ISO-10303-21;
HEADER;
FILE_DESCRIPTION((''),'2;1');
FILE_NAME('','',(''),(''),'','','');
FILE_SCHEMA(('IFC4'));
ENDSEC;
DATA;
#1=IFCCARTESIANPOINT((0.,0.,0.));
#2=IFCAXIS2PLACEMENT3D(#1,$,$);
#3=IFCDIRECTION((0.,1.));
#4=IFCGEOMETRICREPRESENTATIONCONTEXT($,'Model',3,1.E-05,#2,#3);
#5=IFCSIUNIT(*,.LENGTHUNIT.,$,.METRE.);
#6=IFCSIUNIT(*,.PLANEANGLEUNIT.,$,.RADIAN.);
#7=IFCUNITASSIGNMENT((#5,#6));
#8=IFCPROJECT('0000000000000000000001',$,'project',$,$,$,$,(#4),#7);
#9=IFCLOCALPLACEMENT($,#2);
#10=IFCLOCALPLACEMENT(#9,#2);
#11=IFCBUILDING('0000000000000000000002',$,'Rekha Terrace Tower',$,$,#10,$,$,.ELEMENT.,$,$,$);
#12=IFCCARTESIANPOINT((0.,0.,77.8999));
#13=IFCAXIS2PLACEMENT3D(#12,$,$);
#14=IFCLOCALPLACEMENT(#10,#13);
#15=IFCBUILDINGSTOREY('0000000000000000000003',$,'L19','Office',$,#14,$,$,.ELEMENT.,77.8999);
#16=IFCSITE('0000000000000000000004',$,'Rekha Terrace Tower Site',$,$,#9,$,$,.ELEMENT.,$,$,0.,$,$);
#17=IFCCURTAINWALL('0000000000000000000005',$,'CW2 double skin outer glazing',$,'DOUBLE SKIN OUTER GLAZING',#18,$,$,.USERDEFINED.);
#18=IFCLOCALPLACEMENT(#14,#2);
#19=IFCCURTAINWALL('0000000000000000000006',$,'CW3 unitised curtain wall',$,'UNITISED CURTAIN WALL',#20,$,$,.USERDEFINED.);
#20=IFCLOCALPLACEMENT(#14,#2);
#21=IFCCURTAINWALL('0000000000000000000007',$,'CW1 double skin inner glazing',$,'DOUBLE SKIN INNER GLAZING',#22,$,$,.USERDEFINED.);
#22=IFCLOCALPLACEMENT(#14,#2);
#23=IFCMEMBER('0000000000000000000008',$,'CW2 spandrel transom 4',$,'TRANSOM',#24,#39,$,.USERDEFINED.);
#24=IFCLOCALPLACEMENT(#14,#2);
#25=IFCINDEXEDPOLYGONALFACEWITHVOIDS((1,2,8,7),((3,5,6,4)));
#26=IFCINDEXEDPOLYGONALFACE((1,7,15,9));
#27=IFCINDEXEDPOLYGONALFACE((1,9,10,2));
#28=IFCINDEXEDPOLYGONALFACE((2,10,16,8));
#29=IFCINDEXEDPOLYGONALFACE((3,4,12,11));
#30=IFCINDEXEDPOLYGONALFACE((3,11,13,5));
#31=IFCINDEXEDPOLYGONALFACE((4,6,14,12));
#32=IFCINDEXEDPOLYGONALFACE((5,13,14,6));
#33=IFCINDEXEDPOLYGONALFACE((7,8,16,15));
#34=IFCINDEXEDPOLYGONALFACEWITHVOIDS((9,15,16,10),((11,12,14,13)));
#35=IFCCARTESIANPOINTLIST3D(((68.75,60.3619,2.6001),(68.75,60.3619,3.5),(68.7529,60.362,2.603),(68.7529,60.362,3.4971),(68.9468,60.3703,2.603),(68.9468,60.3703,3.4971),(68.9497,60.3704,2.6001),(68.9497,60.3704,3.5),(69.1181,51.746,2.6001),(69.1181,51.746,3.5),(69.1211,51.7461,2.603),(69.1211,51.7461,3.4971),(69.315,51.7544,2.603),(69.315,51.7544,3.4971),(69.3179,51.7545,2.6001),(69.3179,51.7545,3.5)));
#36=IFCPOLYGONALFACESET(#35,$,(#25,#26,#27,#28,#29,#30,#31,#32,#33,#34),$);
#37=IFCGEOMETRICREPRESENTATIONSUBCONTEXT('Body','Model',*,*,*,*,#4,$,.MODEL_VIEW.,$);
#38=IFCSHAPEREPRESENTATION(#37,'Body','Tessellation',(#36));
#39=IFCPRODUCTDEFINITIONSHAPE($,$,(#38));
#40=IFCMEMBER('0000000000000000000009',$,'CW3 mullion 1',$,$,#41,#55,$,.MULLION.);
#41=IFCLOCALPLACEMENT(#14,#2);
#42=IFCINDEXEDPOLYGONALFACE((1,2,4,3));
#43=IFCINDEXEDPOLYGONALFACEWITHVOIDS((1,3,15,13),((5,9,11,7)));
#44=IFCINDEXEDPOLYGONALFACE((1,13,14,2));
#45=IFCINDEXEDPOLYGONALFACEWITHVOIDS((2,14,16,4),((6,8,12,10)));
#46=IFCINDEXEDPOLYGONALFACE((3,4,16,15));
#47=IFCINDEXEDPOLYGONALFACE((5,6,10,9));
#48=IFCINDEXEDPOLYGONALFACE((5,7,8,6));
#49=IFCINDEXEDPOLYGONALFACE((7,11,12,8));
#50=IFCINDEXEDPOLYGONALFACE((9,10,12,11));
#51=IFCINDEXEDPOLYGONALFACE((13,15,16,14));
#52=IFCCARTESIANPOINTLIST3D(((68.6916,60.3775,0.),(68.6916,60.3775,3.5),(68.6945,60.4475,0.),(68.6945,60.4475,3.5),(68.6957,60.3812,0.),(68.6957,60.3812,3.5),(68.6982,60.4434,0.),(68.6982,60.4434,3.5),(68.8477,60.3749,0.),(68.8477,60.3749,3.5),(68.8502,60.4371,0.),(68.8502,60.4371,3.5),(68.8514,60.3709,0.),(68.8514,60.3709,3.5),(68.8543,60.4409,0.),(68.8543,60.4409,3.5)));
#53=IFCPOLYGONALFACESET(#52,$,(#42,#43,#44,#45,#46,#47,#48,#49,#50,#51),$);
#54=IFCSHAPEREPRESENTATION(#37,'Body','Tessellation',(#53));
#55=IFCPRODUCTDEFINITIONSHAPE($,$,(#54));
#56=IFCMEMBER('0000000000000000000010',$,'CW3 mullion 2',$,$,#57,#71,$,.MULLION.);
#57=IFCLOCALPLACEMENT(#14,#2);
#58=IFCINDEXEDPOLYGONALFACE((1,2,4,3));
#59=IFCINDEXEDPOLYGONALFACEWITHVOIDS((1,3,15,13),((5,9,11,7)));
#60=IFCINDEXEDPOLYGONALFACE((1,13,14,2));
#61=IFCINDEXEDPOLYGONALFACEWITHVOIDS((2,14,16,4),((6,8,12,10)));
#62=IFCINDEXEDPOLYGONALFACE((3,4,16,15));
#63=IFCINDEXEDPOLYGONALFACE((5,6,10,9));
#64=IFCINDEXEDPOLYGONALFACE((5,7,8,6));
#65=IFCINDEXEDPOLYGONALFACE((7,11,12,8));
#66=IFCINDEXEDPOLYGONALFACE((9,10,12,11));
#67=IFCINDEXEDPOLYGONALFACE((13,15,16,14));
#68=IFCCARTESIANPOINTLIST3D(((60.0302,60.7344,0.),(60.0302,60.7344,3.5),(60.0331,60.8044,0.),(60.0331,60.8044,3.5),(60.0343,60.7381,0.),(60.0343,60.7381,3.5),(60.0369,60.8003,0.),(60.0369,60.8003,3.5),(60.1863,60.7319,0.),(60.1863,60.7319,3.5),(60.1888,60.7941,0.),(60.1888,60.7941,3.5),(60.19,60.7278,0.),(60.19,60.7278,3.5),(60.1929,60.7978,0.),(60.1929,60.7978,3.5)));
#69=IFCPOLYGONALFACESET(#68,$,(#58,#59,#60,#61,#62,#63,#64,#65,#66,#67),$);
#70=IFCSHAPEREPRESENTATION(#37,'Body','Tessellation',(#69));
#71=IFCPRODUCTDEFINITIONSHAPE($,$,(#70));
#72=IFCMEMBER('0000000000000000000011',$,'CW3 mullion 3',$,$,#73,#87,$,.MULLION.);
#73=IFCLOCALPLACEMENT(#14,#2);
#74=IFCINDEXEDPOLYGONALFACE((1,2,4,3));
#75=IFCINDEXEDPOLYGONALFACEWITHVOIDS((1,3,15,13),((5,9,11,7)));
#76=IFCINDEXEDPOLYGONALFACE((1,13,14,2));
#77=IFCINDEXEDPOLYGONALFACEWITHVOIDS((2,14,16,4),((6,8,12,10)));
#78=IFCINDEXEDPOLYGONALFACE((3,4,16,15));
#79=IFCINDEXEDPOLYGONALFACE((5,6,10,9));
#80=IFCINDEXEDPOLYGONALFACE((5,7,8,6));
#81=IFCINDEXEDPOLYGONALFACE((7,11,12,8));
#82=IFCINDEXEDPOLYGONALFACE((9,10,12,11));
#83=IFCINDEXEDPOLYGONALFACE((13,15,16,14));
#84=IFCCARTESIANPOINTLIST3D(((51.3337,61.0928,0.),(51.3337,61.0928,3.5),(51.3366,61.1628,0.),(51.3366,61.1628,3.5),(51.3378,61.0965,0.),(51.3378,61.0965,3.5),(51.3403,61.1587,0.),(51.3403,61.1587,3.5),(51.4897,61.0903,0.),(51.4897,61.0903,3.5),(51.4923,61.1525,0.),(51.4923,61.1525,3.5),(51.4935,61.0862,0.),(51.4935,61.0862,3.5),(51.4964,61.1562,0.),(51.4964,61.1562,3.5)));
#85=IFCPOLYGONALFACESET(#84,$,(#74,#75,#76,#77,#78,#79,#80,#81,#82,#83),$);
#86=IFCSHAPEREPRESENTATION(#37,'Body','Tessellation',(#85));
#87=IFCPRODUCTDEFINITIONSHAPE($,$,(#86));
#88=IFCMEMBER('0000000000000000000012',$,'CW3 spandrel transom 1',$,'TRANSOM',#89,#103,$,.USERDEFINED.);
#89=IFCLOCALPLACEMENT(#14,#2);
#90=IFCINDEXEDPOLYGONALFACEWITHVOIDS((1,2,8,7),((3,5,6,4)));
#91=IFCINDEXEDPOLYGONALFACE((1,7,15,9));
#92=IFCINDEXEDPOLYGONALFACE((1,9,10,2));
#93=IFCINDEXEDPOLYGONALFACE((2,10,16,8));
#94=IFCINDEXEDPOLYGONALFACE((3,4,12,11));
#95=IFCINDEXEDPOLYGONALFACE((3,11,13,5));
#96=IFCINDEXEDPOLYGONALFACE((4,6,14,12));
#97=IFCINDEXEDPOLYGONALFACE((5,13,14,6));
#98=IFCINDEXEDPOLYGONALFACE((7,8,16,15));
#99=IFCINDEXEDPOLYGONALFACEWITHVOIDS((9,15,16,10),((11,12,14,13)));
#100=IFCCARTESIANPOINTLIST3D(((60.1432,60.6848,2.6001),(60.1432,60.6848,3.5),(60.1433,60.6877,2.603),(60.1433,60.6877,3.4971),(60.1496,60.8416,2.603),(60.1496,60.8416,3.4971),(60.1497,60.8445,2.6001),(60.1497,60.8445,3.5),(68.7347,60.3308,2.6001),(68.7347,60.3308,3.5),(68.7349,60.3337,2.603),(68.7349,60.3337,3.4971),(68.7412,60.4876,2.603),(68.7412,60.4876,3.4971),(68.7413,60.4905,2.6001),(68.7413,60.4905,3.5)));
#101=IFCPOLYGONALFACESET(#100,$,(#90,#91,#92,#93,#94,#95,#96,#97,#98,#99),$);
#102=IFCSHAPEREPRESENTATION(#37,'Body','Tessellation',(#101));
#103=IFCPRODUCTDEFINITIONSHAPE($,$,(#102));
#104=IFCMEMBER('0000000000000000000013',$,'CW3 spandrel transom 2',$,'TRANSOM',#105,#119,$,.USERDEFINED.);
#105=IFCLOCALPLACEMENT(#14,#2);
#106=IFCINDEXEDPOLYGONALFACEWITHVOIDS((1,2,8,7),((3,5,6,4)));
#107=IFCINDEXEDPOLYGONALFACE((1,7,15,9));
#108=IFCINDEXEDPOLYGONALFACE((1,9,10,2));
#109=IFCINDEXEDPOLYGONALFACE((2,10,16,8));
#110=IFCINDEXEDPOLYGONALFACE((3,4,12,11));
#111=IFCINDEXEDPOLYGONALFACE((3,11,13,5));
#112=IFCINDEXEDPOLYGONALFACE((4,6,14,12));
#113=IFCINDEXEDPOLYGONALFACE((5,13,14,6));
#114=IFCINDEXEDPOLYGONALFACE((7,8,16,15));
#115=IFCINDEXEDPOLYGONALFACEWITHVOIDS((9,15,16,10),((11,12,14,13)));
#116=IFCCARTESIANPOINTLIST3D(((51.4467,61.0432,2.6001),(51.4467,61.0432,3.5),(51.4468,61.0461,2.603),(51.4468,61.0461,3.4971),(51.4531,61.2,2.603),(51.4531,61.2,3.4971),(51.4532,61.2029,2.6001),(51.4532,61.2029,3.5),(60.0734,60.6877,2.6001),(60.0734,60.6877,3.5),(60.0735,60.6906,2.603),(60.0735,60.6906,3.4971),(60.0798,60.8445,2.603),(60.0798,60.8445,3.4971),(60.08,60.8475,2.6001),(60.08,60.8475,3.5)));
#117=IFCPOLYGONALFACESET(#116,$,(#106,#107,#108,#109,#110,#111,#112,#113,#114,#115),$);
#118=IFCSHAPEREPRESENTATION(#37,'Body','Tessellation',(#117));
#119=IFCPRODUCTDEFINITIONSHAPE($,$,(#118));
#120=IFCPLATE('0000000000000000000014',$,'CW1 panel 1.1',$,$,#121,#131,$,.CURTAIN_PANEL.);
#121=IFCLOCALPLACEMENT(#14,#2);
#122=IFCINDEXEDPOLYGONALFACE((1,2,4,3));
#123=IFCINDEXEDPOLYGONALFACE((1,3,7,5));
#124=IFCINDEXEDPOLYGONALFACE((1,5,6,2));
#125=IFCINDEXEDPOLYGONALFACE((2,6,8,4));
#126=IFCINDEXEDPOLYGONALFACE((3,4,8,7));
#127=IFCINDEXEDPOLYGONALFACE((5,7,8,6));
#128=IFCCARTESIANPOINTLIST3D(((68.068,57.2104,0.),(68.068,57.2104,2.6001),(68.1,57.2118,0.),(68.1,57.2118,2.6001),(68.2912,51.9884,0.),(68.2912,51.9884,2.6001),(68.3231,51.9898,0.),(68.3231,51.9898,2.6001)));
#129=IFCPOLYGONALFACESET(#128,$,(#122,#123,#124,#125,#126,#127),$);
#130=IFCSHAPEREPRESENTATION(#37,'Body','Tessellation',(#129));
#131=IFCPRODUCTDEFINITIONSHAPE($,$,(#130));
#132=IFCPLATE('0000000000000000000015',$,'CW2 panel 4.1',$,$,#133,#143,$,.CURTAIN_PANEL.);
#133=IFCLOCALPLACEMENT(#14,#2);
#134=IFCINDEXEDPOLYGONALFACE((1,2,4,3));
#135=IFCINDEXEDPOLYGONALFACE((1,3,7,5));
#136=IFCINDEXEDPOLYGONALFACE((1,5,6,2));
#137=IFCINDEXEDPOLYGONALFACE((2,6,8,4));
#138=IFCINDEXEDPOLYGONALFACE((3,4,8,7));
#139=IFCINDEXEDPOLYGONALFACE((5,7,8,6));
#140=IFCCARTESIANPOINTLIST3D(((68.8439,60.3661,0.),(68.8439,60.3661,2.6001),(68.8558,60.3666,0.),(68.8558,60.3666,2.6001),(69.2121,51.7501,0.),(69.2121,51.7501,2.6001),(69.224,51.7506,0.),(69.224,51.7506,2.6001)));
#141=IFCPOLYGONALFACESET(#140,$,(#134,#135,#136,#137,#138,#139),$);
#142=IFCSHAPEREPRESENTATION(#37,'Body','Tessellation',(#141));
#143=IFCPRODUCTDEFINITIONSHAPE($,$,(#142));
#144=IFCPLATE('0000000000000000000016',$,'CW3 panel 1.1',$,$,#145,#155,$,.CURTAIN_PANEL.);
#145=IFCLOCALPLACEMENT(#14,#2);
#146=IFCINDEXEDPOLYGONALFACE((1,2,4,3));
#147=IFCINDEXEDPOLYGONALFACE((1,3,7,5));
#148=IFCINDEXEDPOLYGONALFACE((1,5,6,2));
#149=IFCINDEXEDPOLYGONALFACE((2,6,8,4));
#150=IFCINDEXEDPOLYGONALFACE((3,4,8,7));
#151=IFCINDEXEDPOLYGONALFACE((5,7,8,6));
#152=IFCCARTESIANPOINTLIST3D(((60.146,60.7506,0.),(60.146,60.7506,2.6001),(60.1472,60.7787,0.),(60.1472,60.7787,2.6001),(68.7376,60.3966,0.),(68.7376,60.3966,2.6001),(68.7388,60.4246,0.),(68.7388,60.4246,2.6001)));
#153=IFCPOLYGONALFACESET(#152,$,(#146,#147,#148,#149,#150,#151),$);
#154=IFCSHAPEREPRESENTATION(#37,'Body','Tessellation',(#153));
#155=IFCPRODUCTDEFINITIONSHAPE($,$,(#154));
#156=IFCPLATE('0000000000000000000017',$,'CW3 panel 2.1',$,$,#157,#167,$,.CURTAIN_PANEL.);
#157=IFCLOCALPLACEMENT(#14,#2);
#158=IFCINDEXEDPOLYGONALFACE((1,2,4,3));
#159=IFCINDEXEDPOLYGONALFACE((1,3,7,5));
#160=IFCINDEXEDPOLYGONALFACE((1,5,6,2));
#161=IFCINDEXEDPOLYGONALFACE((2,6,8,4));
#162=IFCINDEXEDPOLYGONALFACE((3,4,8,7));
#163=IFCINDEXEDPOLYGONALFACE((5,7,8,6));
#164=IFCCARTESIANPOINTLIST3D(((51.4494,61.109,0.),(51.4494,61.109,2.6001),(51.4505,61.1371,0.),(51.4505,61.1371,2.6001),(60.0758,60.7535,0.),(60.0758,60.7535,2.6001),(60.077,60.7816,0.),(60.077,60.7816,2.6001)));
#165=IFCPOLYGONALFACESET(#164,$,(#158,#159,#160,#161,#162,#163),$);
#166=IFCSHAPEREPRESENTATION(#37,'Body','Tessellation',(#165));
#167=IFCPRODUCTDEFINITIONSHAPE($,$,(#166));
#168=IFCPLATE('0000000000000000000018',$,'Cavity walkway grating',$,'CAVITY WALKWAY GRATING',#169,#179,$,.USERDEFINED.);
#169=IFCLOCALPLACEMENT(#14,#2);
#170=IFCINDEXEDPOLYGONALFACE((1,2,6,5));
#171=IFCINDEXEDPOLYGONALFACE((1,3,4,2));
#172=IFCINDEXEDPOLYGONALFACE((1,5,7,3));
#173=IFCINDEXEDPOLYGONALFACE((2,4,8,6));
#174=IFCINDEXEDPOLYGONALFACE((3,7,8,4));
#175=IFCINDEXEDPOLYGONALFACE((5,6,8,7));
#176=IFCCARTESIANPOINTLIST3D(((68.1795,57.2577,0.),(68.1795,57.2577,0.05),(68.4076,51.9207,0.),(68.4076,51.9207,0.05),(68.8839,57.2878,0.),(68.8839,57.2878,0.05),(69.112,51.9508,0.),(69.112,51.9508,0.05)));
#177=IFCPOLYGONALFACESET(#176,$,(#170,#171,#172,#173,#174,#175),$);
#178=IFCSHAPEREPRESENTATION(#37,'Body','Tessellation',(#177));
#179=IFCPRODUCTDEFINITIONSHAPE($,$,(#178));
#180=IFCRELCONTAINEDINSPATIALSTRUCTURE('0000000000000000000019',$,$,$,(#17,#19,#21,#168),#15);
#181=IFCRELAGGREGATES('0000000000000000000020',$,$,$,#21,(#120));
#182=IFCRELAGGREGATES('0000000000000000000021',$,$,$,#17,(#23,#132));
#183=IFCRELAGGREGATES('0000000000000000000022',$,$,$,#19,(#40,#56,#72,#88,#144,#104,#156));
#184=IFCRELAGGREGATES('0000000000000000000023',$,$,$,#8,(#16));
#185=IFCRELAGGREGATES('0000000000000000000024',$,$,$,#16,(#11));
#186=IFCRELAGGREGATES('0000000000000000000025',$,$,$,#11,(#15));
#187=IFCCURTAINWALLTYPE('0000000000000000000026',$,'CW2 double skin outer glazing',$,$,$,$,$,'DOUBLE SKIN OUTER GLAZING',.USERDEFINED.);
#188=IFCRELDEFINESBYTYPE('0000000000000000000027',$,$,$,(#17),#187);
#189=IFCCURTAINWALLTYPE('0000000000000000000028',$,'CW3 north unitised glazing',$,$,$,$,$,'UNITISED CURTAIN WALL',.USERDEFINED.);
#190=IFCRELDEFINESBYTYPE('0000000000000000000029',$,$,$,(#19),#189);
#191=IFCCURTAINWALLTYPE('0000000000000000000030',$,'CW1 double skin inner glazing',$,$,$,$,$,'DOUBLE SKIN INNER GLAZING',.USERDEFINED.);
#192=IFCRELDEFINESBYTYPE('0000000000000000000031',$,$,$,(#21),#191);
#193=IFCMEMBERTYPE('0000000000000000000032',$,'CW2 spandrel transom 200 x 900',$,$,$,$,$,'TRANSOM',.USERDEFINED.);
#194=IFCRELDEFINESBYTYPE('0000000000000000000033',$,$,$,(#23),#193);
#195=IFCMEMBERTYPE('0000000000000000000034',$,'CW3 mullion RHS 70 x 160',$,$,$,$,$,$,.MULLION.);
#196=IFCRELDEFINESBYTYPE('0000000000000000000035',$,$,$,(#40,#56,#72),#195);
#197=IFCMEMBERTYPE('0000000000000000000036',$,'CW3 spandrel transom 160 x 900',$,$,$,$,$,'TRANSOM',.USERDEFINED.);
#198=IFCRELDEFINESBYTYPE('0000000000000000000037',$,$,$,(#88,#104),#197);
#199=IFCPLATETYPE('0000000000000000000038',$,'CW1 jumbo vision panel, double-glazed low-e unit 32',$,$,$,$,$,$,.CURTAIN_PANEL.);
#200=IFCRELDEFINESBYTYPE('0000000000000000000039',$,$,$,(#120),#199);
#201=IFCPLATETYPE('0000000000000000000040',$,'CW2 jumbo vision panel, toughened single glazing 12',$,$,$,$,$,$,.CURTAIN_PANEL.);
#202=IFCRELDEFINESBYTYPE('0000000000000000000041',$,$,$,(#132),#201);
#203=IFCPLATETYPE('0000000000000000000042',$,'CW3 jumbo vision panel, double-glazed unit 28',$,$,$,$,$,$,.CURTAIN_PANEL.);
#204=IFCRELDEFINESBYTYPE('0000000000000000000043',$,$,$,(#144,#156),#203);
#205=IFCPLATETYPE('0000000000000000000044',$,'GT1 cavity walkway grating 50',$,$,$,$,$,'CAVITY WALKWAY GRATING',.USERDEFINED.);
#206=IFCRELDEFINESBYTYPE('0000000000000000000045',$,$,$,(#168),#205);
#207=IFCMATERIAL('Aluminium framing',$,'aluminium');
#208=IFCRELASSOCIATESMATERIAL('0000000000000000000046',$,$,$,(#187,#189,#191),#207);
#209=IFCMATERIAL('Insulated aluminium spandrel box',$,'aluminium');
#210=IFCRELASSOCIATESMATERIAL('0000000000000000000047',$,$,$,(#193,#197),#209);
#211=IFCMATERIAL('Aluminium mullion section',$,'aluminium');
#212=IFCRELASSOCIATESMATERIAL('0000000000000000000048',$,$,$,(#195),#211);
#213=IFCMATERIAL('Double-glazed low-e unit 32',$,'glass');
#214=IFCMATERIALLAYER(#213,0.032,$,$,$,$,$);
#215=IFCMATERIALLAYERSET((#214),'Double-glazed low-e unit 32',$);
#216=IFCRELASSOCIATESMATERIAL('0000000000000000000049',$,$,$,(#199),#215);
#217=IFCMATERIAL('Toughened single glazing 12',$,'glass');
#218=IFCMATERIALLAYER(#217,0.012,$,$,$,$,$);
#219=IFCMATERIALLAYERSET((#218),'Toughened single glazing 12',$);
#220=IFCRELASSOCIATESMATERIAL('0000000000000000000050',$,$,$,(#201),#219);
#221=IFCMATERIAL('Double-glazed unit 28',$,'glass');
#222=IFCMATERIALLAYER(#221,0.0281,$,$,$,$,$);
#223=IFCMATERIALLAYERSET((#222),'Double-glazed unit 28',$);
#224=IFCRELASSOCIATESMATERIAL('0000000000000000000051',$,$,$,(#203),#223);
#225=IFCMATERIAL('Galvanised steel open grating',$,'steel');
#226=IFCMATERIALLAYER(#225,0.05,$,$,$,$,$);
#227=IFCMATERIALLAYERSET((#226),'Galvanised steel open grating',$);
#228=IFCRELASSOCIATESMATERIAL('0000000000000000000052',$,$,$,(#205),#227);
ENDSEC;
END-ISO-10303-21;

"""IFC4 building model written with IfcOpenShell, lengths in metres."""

from ifc_helpers import new_model, si_unit, direction, frame, origin, origin_2d, place, context, subcontext, project, spatial, rectangle, hollow_rectangle, extrude, material, layer, layer_set, material_profile, profile_set, type_object, element, aggregate, save


model = new_model("IFC4")

# Units and contexts
model_context = context("Model", 3, precision=1e-05, world=origin(), true_north=direction((0.0, 1.0)))
body_context = subcontext(model_context, "Body", "Model", "MODEL_VIEW")
ifc_project = project(units=[si_unit("LENGTHUNIT", "METRE"), si_unit("PLANEANGLEUNIT", "RADIAN")], contexts=[model_context])

# Site, building, storey
site_placement = place(None, origin())
site = spatial("IfcSite", under=ifc_project, at=site_placement, Name="Rekha Terrace Tower Site", CompositionType="ELEMENT", RefElevation=0.0)
building_placement = place(site_placement, origin())
building = spatial("IfcBuilding", under=site, at=building_placement, Name="Rekha Terrace Tower", CompositionType="ELEMENT")
storey_placement = place(building_placement, frame((0.0, 0.0, 77.8999)))
storey = spatial("IfcBuildingStorey", under=building, at=storey_placement, Name="L19", Description="Office", CompositionType="ELEMENT", Elevation=77.8999)

# Curtain wall
ifc_material_1 = material(Name="Aluminium framing", Category="aluminium")
curtain_wall_type_1 = type_object("IfcCurtainWallType", Name="CW2 double skin outer glazing", ElementType="DOUBLE SKIN OUTER GLAZING", PredefinedType="USERDEFINED", material=ifc_material_1)
curtain_wall_1_placement = place(storey_placement, origin())
curtain_wall_1 = element("IfcCurtainWall", 1, at=curtain_wall_1_placement, inside=storey, type_object=curtain_wall_type_1, Name="CW2 double skin outer glazing", ObjectType="DOUBLE SKIN OUTER GLAZING", PredefinedType="USERDEFINED")

# Curtain walls
curtain_wall_type_2 = type_object("IfcCurtainWallType", Name="CW3 north unitised glazing", ElementType="UNITISED CURTAIN WALL", PredefinedType="USERDEFINED", material=ifc_material_1)
curtain_wall_2_placement = place(storey_placement, origin())
curtain_wall_2 = element("IfcCurtainWall", 2, at=curtain_wall_2_placement, inside=storey, type_object=curtain_wall_type_2, Name="CW3 unitised curtain wall", ObjectType="UNITISED CURTAIN WALL", PredefinedType="USERDEFINED")
curtain_wall_type_3 = type_object("IfcCurtainWallType", Name="CW1 double skin inner glazing", ElementType="DOUBLE SKIN INNER GLAZING", PredefinedType="USERDEFINED", material=ifc_material_1)
curtain_wall_3_placement = place(storey_placement, origin())
curtain_wall_3 = element("IfcCurtainWall", 3, at=curtain_wall_3_placement, inside=storey, type_object=curtain_wall_type_3, Name="CW1 double skin inner glazing", ObjectType="DOUBLE SKIN INNER GLAZING", PredefinedType="USERDEFINED")
ifc_material_2 = material(Name="Aluminium mullion section", Category="aluminium")
ifc_material_3 = material(Name="Insulated aluminium spandrel box", Category="aluminium")

# Members
ifc_material_profile_1 = material_profile(ifc_material_3, hollow_rectangle(XDim=0.2, YDim=0.8999, WallThickness=0.0029, at=origin_2d()), Name="AL SPANDREL BOX 200x900")
ifc_profile_set_1 = profile_set([ifc_material_profile_1], Name="Insulated aluminium spandrel box")
member_type_1 = type_object("IfcMemberType", Name="CW2 spandrel transom 200 x 900", ElementType="TRANSOM", PredefinedType="USERDEFINED", material=ifc_profile_set_1)
member_1_placement = place(storey_placement, frame((69.218, 51.7502, 3.05), z_axis=(-0.042691, 0.999088, 0.0), x_axis=(-0.999088, -0.042691, 0.0)))
member_1 = element("IfcMember", 4, at=member_1_placement, type_object=member_type_1, Name="CW2 spandrel transom 4", ObjectType="TRANSOM", PredefinedType="USERDEFINED", context=body_context, shape_type="SweptSolid", body=[
    extrude(hollow_rectangle(XDim=0.2, YDim=0.8999, WallThickness=0.0029, at=origin_2d()), origin(), (0.0, 0.0, 1.0), 8.6238),
])
ifc_material_profile_2 = material_profile(ifc_material_2, hollow_rectangle(XDim=0.0701, YDim=0.1599, WallThickness=0.0039, at=origin_2d()), Name="AL RHS 70x160")
ifc_profile_set_2 = profile_set([ifc_material_profile_2], Name="Aluminium mullion section")
member_type_2 = type_object("IfcMemberType", Name="CW3 mullion RHS 70 x 160", PredefinedType="MULLION", material=ifc_profile_set_2)
member_2_placement = place(storey_placement, frame((68.7729, 60.4092, 0.0), z_axis=(0.0, 0.0, 1.0), x_axis=(-0.041174, -0.999152, 0.0)))
member_2 = element("IfcMember", 5, at=member_2_placement, type_object=member_type_2, Name="CW3 mullion 1", PredefinedType="MULLION", context=body_context, shape_type="SweptSolid", body=[
    extrude(hollow_rectangle(XDim=0.0701, YDim=0.1599, WallThickness=0.0039, at=origin_2d()), origin(), (0.0, 0.0, 1.0), 3.5),
])
member_3_placement = place(storey_placement, frame((60.1116, 60.7661, 0.0), z_axis=(0.0, 0.0, 1.0), x_axis=(-0.041174, -0.999152, 0.0)))
member_3 = element("IfcMember", 6, at=member_3_placement, type_object=member_type_2, Name="CW3 mullion 2", PredefinedType="MULLION", context=body_context, shape_type="SweptSolid", body=[
    extrude(hollow_rectangle(XDim=0.0701, YDim=0.1599, WallThickness=0.0039, at=origin_2d()), origin(), (0.0, 0.0, 1.0), 3.5),
])
member_4_placement = place(storey_placement, frame((51.415, 61.1245, 0.0), z_axis=(0.0, 0.0, 1.0), x_axis=(-0.041174, -0.999152, 0.0)))
member_4 = element("IfcMember", 7, at=member_4_placement, type_object=member_type_2, Name="CW3 mullion 3", PredefinedType="MULLION", context=body_context, shape_type="SweptSolid", body=[
    extrude(hollow_rectangle(XDim=0.0701, YDim=0.1599, WallThickness=0.0039, at=origin_2d()), origin(), (0.0, 0.0, 1.0), 3.5),
])
ifc_material_profile_3 = material_profile(ifc_material_3, hollow_rectangle(XDim=0.1599, YDim=0.8999, WallThickness=0.0029, at=origin_2d()), Name="AL SPANDREL BOX 160x900")
ifc_profile_set_3 = profile_set([ifc_material_profile_3], Name="Insulated aluminium spandrel box")
member_type_3 = type_object("IfcMemberType", Name="CW3 spandrel transom 160 x 900", ElementType="TRANSOM", PredefinedType="USERDEFINED", material=ifc_profile_set_3)
member_5_placement = place(storey_placement, frame((68.738, 60.4106, 3.05), z_axis=(-0.999152, 0.041169, 0.0), x_axis=(-0.041169, -0.999152, 0.0)))
member_5 = element("IfcMember", 8, at=member_5_placement, type_object=member_type_3, Name="CW3 spandrel transom 1", ObjectType="TRANSOM", PredefinedType="USERDEFINED", context=body_context, shape_type="SweptSolid", body=[
    extrude(hollow_rectangle(XDim=0.1599, YDim=0.8999, WallThickness=0.0029, at=origin_2d()), origin(), (0.0, 0.0, 1.0), 8.5989),
])
member_6_placement = place(storey_placement, frame((60.0767, 60.7676, 3.05), z_axis=(-0.999152, 0.041171, 0.0), x_axis=(-0.041171, -0.999152, 0.0)))
member_6 = element("IfcMember", 9, at=member_6_placement, type_object=member_type_3, Name="CW3 spandrel transom 2", ObjectType="TRANSOM", PredefinedType="USERDEFINED", context=body_context, shape_type="SweptSolid", body=[
    extrude(hollow_rectangle(XDim=0.1599, YDim=0.8999, WallThickness=0.0029, at=origin_2d()), origin(), (0.0, 0.0, 1.0), 8.634),
])

# Plates
ifc_material_4 = material(Name="Double-glazed low-e unit 32", Category="glass")
ifc_layer_1 = layer(ifc_material_4, 0.032)
ifc_layer_set_1 = layer_set([ifc_layer_1], Name="Double-glazed low-e unit 32")
plate_type_1 = type_object("IfcPlateType", Name="CW1 jumbo vision panel, double-glazed low-e unit 32", PredefinedType="CURTAIN_PANEL", material=ifc_layer_set_1)
plate_1_placement = place(storey_placement, frame((68.1956, 54.6001, 0.0), z_axis=(0.0, 0.0, 1.0), x_axis=(-0.042696, 0.999088, 0.0)))
plate_1 = element("IfcPlate", 10, at=plate_1_placement, type_object=plate_type_1, Name="CW1 panel 1.1", PredefinedType="CURTAIN_PANEL", context=body_context, shape_type="SweptSolid", body=[
    extrude(rectangle(XDim=5.2268, YDim=0.032, at=origin_2d()), origin(), (0.0, 0.0, 1.0), 2.6001),
])
aggregate(curtain_wall_3, [plate_1])
ifc_material_5 = material(Name="Toughened single glazing 12", Category="glass")
ifc_layer_2 = layer(ifc_material_5, 0.012)
ifc_layer_set_2 = layer_set([ifc_layer_2], Name="Toughened single glazing 12")
plate_type_2 = type_object("IfcPlateType", Name="CW2 jumbo vision panel, toughened single glazing 12", PredefinedType="CURTAIN_PANEL", material=ifc_layer_set_2)
plate_2_placement = place(storey_placement, frame((69.0339, 56.0583, 0.0), z_axis=(0.0, 0.0, 1.0), x_axis=(-0.042696, 0.999088, 0.0)))
plate_2 = element("IfcPlate", 11, at=plate_2_placement, type_object=plate_type_2, Name="CW2 panel 4.1", PredefinedType="CURTAIN_PANEL", context=body_context, shape_type="SweptSolid", body=[
    extrude(rectangle(XDim=8.6238, YDim=0.012, at=origin_2d()), origin(), (0.0, 0.0, 1.0), 2.6001),
])
aggregate(curtain_wall_1, [member_1, plate_2])
ifc_material_6 = material(Name="Double-glazed unit 28", Category="glass")
ifc_layer_3 = layer(ifc_material_6, 0.0281)
ifc_layer_set_3 = layer_set([ifc_layer_3], Name="Double-glazed unit 28")
plate_type_3 = type_object("IfcPlateType", Name="CW3 jumbo vision panel, double-glazed unit 28", PredefinedType="CURTAIN_PANEL", material=ifc_layer_set_3)
plate_3_placement = place(storey_placement, frame((64.4424, 60.5876, 0.0), z_axis=(0.0, 0.0, 1.0), x_axis=(-0.999152, 0.041174, 0.0)))
plate_3 = element("IfcPlate", 12, at=plate_3_placement, type_object=plate_type_3, Name="CW3 panel 1.1", PredefinedType="CURTAIN_PANEL", context=body_context, shape_type="SweptSolid", body=[
    extrude(rectangle(XDim=8.5989, YDim=0.0281, at=origin_2d()), origin(), (0.0, 0.0, 1.0), 2.6001),
])
plate_4_placement = place(storey_placement, frame((55.7632, 60.9453, 0.0), z_axis=(0.0, 0.0, 1.0), x_axis=(-0.999152, 0.041174, 0.0)))
plate_4 = element("IfcPlate", 13, at=plate_4_placement, type_object=plate_type_3, Name="CW3 panel 2.1", PredefinedType="CURTAIN_PANEL", context=body_context, shape_type="SweptSolid", body=[
    extrude(rectangle(XDim=8.6338, YDim=0.0281, at=origin_2d()), origin(), (0.0, 0.0, 1.0), 2.6001),
])
aggregate(curtain_wall_2, [member_2, member_3, member_4, member_5, plate_3, member_6, plate_4])
ifc_material_7 = material(Name="Galvanised steel open grating", Category="steel")
ifc_layer_4 = layer(ifc_material_7, 0.05)
ifc_layer_set_4 = layer_set([ifc_layer_4], Name="Galvanised steel open grating")
plate_type_4 = type_object("IfcPlateType", Name="GT1 cavity walkway grating 50", ElementType="CAVITY WALKWAY GRATING", PredefinedType="USERDEFINED", material=ifc_layer_set_4)
plate_5_placement = place(storey_placement, frame((68.6458, 54.6042, 0.0), z_axis=(0.0, 0.0, 1.0), x_axis=(-0.042696, 0.999088, 0.0)))
element("IfcPlate", 14, at=plate_5_placement, inside=storey, type_object=plate_type_4, Name="Cavity walkway grating", ObjectType="CAVITY WALKWAY GRATING", PredefinedType="USERDEFINED", context=body_context, shape_type="SweptSolid", body=[
    extrude(rectangle(XDim=5.3418, YDim=0.7051, at=origin_2d()), origin(), (0.0, 0.0, 1.0), 0.05),
])

save(model, "model.ifc")
